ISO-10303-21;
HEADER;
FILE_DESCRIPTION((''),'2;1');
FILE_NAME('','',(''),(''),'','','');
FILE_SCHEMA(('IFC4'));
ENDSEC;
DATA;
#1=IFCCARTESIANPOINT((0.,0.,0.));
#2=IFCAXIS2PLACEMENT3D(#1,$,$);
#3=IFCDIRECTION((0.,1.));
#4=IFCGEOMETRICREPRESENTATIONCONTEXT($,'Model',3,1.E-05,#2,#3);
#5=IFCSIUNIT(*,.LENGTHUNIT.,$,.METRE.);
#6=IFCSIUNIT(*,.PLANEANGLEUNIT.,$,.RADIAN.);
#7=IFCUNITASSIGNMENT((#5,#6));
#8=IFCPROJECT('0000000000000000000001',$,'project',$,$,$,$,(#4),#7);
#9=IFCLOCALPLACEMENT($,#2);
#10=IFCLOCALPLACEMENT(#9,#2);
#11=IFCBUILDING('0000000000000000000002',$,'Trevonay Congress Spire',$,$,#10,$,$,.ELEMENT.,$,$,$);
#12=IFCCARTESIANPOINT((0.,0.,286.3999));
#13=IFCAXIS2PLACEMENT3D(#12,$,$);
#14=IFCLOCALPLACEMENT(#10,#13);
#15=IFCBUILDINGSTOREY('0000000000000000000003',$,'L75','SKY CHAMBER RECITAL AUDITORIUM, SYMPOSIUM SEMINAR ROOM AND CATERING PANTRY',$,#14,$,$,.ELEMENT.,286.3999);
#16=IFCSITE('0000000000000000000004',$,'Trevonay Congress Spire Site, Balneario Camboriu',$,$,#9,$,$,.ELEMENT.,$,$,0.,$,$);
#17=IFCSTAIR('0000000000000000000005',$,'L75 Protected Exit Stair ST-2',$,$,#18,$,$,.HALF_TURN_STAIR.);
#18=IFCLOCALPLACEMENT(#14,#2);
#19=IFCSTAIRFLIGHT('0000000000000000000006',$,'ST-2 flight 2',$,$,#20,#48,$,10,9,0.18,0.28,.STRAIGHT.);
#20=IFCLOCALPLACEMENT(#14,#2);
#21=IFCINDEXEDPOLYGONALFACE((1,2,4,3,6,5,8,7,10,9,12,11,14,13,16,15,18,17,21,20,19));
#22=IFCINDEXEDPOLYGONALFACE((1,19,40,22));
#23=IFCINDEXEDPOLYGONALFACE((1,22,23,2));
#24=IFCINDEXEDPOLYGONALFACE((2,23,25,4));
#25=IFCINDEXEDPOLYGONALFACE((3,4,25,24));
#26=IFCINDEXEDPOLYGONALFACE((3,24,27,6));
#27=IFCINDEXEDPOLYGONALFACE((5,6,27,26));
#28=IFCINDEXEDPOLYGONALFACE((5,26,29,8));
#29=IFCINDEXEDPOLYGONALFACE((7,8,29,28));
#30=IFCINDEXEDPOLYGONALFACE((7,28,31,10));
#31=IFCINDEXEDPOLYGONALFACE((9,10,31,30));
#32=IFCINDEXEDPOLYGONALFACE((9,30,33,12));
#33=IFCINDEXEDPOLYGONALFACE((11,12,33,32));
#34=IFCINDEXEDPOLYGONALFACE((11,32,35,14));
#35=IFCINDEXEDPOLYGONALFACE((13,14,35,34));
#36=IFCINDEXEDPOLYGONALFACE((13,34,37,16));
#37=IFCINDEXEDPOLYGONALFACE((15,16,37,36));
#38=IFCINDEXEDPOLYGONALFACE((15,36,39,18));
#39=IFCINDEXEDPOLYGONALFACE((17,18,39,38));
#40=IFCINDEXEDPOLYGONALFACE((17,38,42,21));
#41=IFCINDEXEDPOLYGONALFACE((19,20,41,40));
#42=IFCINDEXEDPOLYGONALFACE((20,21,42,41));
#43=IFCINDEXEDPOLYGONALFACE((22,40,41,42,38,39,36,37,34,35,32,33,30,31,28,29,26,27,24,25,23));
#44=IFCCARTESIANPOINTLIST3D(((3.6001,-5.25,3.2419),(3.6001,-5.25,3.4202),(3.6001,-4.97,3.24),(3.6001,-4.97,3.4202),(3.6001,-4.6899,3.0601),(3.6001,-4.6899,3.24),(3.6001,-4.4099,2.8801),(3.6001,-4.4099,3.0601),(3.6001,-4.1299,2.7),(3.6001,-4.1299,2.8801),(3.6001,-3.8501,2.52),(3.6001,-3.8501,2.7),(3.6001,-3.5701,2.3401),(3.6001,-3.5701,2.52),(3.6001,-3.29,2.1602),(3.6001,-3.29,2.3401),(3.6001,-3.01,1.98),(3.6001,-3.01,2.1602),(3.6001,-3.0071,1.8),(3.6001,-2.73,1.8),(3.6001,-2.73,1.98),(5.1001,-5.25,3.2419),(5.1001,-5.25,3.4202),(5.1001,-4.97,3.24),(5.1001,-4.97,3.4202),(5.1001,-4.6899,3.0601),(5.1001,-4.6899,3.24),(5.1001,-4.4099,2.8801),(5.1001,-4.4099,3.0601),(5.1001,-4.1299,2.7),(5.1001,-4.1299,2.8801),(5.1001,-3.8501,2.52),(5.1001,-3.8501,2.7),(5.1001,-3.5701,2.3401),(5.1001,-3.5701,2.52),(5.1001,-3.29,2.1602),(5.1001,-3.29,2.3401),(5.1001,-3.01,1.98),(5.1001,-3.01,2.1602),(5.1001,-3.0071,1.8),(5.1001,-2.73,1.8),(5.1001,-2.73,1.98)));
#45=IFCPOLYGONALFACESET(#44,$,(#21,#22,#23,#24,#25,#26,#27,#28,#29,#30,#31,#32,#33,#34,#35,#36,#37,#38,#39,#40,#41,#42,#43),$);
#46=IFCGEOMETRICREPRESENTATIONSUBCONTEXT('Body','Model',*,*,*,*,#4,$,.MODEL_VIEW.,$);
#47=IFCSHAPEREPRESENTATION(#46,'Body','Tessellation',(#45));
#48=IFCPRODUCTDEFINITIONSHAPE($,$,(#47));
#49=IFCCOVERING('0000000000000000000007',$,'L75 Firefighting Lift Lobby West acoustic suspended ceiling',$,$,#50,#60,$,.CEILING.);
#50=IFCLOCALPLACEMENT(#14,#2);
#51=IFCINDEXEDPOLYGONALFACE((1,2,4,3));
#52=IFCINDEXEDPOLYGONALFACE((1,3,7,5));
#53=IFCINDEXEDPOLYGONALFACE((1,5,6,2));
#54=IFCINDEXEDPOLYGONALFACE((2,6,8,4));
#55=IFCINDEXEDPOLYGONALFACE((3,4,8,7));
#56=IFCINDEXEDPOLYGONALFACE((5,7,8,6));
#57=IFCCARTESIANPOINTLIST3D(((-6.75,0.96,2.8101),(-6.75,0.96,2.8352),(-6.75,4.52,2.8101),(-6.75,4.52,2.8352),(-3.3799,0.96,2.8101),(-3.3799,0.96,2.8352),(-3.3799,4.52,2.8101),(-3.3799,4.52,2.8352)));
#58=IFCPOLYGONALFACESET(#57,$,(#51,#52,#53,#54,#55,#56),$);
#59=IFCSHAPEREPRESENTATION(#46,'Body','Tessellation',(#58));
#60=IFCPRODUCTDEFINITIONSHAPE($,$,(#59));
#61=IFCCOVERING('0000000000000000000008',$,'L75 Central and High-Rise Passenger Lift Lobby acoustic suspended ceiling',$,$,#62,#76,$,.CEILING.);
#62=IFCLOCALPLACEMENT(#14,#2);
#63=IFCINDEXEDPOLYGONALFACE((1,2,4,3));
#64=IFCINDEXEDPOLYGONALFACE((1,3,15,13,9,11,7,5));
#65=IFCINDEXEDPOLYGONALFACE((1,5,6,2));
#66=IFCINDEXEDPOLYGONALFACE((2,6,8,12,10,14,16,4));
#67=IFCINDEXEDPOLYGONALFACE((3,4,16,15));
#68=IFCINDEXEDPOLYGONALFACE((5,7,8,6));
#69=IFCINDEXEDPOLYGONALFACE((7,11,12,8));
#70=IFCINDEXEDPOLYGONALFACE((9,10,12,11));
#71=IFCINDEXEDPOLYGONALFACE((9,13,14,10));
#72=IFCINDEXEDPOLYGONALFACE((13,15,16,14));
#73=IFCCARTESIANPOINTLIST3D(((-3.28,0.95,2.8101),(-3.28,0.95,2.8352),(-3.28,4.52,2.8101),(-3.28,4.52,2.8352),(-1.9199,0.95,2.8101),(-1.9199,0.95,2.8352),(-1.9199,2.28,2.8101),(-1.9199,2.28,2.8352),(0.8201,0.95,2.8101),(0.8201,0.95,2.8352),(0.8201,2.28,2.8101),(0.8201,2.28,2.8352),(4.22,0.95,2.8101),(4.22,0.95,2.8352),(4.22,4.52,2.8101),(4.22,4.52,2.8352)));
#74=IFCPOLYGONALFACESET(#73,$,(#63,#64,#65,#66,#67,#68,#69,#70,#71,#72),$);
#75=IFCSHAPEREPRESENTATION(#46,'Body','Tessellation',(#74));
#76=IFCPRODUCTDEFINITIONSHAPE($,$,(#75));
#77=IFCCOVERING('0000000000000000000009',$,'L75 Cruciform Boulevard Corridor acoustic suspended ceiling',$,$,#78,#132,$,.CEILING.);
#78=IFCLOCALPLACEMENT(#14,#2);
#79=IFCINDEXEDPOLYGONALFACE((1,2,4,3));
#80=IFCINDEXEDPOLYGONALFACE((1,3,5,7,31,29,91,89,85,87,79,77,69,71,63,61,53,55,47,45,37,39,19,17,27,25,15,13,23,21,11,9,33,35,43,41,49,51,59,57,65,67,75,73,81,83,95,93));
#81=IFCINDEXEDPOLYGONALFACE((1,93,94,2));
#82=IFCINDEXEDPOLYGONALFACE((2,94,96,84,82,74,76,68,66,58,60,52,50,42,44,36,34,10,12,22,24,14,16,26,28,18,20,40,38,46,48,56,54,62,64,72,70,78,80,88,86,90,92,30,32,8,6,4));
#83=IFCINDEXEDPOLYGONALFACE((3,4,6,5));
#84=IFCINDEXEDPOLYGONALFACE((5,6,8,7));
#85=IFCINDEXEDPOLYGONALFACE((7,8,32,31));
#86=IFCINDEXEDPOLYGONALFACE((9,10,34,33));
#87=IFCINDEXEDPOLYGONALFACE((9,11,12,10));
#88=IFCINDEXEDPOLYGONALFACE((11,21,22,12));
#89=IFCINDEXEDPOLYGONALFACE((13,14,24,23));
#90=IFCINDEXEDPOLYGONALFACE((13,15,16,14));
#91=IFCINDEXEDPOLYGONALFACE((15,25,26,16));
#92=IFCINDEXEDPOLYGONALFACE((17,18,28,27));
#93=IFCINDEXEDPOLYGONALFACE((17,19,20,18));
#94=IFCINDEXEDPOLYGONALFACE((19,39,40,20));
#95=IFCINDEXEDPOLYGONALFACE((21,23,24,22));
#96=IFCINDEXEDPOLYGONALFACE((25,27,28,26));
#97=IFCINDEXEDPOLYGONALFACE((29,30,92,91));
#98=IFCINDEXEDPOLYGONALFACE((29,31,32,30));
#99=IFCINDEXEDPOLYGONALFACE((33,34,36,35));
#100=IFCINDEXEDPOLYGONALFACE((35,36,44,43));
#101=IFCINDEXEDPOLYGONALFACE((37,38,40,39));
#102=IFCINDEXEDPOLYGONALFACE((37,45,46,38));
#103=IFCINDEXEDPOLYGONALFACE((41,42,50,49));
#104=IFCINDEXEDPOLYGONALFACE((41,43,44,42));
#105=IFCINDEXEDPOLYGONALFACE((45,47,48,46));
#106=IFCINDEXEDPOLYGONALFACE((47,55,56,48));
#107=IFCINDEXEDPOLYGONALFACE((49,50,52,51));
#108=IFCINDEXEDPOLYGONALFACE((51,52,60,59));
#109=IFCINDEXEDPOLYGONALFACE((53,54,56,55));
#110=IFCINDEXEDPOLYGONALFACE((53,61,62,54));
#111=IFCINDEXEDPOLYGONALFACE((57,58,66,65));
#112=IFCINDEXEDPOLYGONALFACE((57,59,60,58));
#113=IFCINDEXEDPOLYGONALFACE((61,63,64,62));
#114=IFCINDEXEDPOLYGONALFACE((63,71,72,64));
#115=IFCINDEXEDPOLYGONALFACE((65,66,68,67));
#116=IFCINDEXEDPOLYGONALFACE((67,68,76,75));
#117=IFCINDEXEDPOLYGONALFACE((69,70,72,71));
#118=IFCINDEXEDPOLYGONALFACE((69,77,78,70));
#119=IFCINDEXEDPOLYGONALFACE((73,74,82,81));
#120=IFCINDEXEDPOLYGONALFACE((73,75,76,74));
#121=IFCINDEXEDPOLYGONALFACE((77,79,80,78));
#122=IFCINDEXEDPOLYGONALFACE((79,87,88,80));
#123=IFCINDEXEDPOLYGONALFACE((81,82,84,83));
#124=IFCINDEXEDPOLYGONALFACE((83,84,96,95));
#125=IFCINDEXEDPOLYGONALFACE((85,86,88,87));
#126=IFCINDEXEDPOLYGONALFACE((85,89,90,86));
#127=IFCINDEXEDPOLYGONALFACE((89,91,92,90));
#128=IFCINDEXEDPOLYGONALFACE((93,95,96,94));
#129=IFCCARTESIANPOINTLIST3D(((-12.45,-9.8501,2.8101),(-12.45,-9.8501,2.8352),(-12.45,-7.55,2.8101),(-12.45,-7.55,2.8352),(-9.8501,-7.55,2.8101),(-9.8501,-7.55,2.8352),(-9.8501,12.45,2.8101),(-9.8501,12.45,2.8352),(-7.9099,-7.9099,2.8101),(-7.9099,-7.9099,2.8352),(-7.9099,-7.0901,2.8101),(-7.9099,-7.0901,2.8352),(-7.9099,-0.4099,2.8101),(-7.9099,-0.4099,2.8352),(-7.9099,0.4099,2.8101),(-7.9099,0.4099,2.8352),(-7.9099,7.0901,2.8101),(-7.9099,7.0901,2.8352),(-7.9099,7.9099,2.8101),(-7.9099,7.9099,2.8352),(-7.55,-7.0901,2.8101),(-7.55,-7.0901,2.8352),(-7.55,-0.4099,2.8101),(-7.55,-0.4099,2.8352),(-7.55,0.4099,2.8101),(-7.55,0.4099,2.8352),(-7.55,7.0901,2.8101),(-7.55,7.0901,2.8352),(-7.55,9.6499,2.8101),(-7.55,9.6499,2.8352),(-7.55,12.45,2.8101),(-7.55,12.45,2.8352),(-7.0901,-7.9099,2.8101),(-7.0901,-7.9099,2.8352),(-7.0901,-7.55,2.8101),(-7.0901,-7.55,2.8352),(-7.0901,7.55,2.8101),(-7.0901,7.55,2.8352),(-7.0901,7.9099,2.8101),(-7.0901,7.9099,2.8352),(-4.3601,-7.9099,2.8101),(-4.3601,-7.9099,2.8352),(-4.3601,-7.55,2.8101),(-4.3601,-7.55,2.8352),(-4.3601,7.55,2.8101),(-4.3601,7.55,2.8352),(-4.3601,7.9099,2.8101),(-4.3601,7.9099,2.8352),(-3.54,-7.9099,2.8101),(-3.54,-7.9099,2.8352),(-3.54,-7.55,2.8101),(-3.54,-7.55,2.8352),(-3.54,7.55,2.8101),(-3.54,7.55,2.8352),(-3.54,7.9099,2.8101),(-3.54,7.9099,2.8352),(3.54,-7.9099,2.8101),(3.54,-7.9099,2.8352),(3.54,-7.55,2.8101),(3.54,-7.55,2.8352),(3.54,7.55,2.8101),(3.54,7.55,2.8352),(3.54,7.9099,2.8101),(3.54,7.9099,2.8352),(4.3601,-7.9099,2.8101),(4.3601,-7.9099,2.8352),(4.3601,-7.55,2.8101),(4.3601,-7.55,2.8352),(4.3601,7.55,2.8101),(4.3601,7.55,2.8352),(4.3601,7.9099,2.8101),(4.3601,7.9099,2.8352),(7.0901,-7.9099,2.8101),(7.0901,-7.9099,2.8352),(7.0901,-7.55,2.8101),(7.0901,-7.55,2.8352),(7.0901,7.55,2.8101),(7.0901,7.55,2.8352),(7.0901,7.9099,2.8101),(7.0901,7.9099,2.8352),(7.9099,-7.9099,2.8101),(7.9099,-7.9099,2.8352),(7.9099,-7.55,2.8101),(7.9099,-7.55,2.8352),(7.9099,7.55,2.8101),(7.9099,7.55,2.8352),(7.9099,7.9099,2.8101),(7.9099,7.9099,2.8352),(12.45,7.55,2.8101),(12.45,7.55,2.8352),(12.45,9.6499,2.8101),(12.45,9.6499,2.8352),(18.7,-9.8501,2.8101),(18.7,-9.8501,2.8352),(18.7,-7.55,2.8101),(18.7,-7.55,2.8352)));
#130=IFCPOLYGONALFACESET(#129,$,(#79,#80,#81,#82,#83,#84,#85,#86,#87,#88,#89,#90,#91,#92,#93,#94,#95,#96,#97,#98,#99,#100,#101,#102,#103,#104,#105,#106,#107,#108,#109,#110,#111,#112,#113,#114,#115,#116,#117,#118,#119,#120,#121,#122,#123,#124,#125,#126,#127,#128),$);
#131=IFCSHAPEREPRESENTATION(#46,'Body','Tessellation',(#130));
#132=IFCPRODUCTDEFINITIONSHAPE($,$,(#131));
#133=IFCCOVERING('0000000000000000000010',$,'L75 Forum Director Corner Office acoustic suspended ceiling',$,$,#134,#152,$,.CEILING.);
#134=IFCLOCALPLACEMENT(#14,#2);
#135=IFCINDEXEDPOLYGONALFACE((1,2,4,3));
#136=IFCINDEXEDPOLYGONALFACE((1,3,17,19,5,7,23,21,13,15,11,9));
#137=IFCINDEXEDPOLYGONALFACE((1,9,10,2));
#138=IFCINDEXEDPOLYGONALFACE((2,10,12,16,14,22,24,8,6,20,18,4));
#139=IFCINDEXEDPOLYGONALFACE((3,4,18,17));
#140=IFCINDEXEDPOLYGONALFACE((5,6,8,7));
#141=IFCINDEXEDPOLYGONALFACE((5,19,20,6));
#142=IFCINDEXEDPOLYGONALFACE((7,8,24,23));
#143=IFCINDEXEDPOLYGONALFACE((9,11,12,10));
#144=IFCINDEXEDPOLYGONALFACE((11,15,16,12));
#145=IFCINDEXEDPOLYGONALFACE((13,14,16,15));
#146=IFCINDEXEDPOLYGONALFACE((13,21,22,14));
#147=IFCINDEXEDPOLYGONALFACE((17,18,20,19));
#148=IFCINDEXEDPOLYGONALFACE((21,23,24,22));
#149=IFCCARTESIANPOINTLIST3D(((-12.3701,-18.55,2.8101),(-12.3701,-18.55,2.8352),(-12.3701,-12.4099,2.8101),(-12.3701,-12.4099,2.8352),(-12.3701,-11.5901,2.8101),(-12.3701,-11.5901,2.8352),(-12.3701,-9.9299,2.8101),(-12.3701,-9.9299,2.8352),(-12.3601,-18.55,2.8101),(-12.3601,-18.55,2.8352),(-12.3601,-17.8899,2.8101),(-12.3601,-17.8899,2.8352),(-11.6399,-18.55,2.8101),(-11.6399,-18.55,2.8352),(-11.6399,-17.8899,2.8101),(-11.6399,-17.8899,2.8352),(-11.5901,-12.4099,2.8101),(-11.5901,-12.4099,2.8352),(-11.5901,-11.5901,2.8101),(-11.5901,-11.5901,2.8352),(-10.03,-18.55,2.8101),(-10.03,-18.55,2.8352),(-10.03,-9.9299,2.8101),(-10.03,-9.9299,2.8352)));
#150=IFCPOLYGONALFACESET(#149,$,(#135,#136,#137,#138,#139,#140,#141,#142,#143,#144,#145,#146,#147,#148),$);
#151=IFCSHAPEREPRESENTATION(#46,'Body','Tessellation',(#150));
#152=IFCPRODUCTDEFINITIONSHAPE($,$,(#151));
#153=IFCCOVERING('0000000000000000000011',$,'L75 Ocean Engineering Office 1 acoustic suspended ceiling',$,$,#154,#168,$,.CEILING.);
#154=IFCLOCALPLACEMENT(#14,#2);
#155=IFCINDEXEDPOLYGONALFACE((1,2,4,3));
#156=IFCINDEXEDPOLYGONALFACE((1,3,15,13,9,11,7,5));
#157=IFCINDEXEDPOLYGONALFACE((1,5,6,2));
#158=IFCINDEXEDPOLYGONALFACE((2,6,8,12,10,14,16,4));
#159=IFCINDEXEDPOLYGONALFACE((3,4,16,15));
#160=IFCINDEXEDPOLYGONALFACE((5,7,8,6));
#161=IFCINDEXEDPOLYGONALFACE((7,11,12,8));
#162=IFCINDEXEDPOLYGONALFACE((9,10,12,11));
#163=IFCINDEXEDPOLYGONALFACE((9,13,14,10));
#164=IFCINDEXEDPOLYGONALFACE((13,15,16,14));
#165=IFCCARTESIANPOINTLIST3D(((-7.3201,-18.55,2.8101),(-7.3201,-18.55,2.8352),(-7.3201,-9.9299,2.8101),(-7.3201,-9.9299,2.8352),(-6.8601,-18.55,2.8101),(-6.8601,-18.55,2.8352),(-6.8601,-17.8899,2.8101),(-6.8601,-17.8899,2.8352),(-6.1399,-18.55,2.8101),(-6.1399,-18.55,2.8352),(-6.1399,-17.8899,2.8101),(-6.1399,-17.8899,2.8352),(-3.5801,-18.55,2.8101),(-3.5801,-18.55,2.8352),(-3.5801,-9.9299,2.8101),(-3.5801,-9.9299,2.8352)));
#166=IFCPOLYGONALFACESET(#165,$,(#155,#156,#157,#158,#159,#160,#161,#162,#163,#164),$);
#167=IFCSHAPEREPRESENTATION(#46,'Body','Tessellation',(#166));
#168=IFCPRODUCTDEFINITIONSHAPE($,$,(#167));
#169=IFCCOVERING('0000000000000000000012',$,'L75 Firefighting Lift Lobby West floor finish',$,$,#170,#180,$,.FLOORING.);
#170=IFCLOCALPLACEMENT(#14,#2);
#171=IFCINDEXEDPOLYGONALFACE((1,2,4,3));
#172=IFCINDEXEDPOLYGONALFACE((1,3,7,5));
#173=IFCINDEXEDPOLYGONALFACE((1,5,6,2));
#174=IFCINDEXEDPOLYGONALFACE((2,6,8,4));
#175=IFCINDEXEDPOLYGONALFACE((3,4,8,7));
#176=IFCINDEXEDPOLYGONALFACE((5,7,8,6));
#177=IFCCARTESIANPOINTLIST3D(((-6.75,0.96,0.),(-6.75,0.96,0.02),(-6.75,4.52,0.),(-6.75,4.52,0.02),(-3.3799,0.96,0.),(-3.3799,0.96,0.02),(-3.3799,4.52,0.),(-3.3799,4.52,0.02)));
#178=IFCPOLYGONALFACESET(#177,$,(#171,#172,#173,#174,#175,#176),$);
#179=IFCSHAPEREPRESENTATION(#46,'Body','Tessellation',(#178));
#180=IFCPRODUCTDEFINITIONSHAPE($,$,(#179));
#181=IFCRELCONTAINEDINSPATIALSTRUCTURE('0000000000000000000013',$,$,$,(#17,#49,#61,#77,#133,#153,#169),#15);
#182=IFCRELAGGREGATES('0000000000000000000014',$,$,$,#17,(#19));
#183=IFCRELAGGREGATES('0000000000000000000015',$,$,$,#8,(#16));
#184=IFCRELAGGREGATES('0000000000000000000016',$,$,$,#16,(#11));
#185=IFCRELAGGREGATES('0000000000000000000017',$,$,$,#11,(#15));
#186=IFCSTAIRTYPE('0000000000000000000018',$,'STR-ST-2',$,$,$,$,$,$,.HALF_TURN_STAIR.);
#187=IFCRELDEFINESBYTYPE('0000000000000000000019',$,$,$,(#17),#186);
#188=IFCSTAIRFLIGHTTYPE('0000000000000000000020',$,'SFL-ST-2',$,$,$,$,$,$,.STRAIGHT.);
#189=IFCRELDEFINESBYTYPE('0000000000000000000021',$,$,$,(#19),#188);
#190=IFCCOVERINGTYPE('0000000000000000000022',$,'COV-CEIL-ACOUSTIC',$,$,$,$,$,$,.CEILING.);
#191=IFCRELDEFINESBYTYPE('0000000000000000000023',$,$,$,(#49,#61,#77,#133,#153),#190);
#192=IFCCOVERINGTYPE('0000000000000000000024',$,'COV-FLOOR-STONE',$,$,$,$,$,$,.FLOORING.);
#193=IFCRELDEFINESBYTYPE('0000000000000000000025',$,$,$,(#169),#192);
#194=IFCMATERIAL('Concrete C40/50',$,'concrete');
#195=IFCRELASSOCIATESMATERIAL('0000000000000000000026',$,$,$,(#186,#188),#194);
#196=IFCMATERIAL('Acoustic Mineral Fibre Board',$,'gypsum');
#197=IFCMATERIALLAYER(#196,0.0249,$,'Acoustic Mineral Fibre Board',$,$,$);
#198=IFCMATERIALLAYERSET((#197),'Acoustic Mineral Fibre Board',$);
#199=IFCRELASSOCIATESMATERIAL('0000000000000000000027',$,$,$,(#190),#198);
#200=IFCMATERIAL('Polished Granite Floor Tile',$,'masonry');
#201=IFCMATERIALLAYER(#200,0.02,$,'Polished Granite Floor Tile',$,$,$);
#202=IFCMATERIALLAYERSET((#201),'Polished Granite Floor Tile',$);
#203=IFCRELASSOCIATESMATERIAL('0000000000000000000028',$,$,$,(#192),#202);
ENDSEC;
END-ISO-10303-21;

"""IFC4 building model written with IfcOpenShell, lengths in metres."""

from ifc_helpers import new_model, si_unit, direction, frame, origin, place, context, subcontext, project, spatial, polyline, outline, extrude, material, layer, layer_set, type_object, element, aggregate, save


model = new_model("IFC4")

# Units and contexts
model_context = context("Model", 3, precision=1e-05, world=origin(), true_north=direction((0.0, 1.0)))
body_context = subcontext(model_context, "Body", "Model", "MODEL_VIEW")
ifc_project = project(units=[si_unit("LENGTHUNIT", "METRE"), si_unit("PLANEANGLEUNIT", "RADIAN")], contexts=[model_context])

# Site, building, storey
site_placement = place(None, origin())
site = spatial("IfcSite", under=ifc_project, at=site_placement, Name="Trevonay Congress Spire Site, Balneario Camboriu", CompositionType="ELEMENT", RefElevation=0.0)
building_placement = place(site_placement, origin())
building = spatial("IfcBuilding", under=site, at=building_placement, Name="Trevonay Congress Spire", CompositionType="ELEMENT")
storey_placement = place(building_placement, frame((0.0, 0.0, 286.3999)))
storey = spatial("IfcBuildingStorey", under=building, at=storey_placement, Name="L75", Description="SKY CHAMBER RECITAL AUDITORIUM, SYMPOSIUM SEMINAR ROOM AND CATERING PANTRY", CompositionType="ELEMENT", Elevation=286.3999)

# Stair
ifc_material_1 = material(Name="Concrete C40/50", Category="concrete")
stair_type_1 = type_object("IfcStairType", Name="STR-ST-2", PredefinedType="HALF_TURN_STAIR", material=ifc_material_1)
stair_1_placement = place(storey_placement, origin())
stair_1 = element("IfcStair", 1, at=stair_1_placement, inside=storey, type_object=stair_type_1, Name="L75 Protected Exit Stair ST-2", PredefinedType="HALF_TURN_STAIR")

# Stair flight
stair_flight_type = type_object("IfcStairFlightType", Name="SFL-ST-2", PredefinedType="STRAIGHT", material=ifc_material_1)
stair_flight_1_placement = place(storey_placement, frame((4.3501, -2.73, 1.8), z_axis=(0.0, 0.0, 1.0), x_axis=(0.0, -1.0, 0.0)))
stair_flight_1 = element("IfcStairFlight", 2, at=stair_flight_1_placement, type_object=stair_flight_type, Name="ST-2 flight 2", NumberOfRisers=10, NumberOfTreads=9, PredefinedType="STRAIGHT", RiserHeight=0.18, TreadLength=0.28, context=body_context, shape_type="SweptSolid", body=[
    extrude(outline(polyline([(0.0, 0.0), (0.0, 0.1799), (0.28, 0.1799), (0.28, 0.3601), (0.5601, 0.3601), (0.5601, 0.54), (0.8401, 0.54), (0.8401, 0.72), (1.1201, 0.72), (1.1201, 0.8999), (1.3999, 0.8999), (1.3999, 1.0801), (1.6799, 1.0801), (1.6799, 1.26), (1.96, 1.26), (1.96, 1.4399), (2.24, 1.4399), (2.24, 1.6201), (2.52, 1.6201), (2.52, 1.8), (2.52, 1.4419), (0.2771, 0.0), (0.0, 0.0)])), frame((0.0, 0.75, 0.0), z_axis=(0.0, -1.0, 0.0), x_axis=(1.0, 0.0, 0.0)), (0.0, 0.0, 1.0), 1.5),
])
aggregate(stair_1, [stair_flight_1])

# Coverings
ifc_material_2 = material(Name="Acoustic Mineral Fibre Board", Category="gypsum")
ifc_layer_1 = layer(ifc_material_2, 0.0249, Name="Acoustic Mineral Fibre Board")
ifc_layer_set_1 = layer_set([ifc_layer_1], Name="Acoustic Mineral Fibre Board")
covering_type_1 = type_object("IfcCoveringType", Name="COV-CEIL-ACOUSTIC", PredefinedType="CEILING", material=ifc_layer_set_1)
covering_1_placement = place(storey_placement, frame((0.0, 0.0, 2.8101)))
element("IfcCovering", 3, at=covering_1_placement, inside=storey, type_object=covering_type_1, Name="L75 Firefighting Lift Lobby West acoustic suspended ceiling", PredefinedType="CEILING", context=body_context, shape_type="SweptSolid", body=[
    extrude(outline(polyline([(-6.75, 0.96), (-3.3799, 0.96), (-3.3799, 4.52), (-6.75, 4.52), (-6.75, 0.96)])), origin(), (0.0, 0.0, 1.0), 0.0251),
])
covering_2_placement = place(storey_placement, frame((0.0, 0.0, 2.8101)))
element("IfcCovering", 4, at=covering_2_placement, inside=storey, type_object=covering_type_1, Name="L75 Central and High-Rise Passenger Lift Lobby acoustic suspended ceiling", PredefinedType="CEILING", context=body_context, shape_type="SweptSolid", body=[
    extrude(outline(polyline([(-3.28, 0.95), (-1.9199, 0.95), (-1.9199, 2.28), (0.8201, 2.28), (0.8201, 0.95), (4.22, 0.95), (4.22, 4.52), (-3.28, 4.52), (-3.28, 0.95)])), origin(), (0.0, 0.0, 1.0), 0.0251),
])
covering_3_placement = place(storey_placement, frame((0.0, 0.0, 2.8101)))
element("IfcCovering", 5, at=covering_3_placement, inside=storey, type_object=covering_type_1, Name="L75 Cruciform Boulevard Corridor acoustic suspended ceiling", PredefinedType="CEILING", context=body_context, shape_type="SweptSolid", body=[
    extrude(outline(polyline([(18.7, -7.55), (18.7, -9.8501), (-12.45, -9.8501), (-12.45, -7.55), (-9.8501, -7.55), (-9.8501, 12.45), (-7.55, 12.45), (-7.55, 9.6499), (12.45, 9.6499), (12.45, 7.55), (7.9099, 7.55), (7.9099, 7.9099), (7.0901, 7.9099), (7.0901, 7.55), (4.3601, 7.55), (4.3601, 7.9099), (3.54, 7.9099), (3.54, 7.55), (-3.54, 7.55), (-3.54, 7.9099), (-4.3601, 7.9099), (-4.3601, 7.55), (-7.0901, 7.55), (-7.0901, 7.9099), (-7.9099, 7.9099), (-7.9099, 7.0901), (-7.55, 7.0901), (-7.55, 0.4099), (-7.9099, 0.4099), (-7.9099, -0.4099), (-7.55, -0.4099), (-7.55, -7.0901), (-7.9099, -7.0901), (-7.9099, -7.9099), (-7.0901, -7.9099), (-7.0901, -7.55), (-4.3601, -7.55), (-4.3601, -7.9099), (-3.54, -7.9099), (-3.54, -7.55), (3.54, -7.55), (3.54, -7.9099), (4.3601, -7.9099), (4.3601, -7.55), (7.0901, -7.55), (7.0901, -7.9099), (7.9099, -7.9099), (7.9099, -7.55), (18.7, -7.55)])), origin(), (0.0, 0.0, 1.0), 0.0251),
])
covering_4_placement = place(storey_placement, frame((0.0, 0.0, 2.8101)))
element("IfcCovering", 6, at=covering_4_placement, inside=storey, type_object=covering_type_1, Name="L75 Forum Director Corner Office acoustic suspended ceiling", PredefinedType="CEILING", context=body_context, shape_type="SweptSolid", body=[
    extrude(outline(polyline([(-12.3701, -18.55), (-12.3701, -12.4099), (-11.5901, -12.4099), (-11.5901, -11.5901), (-12.3701, -11.5901), (-12.3701, -9.9299), (-10.03, -9.9299), (-10.03, -18.55), (-11.6399, -18.55), (-11.6399, -17.8899), (-12.3601, -17.8899), (-12.3601, -18.55), (-12.3701, -18.55)])), origin(), (0.0, 0.0, 1.0), 0.0251),
])
covering_5_placement = place(storey_placement, frame((0.0, 0.0, 2.8101)))
element("IfcCovering", 7, at=covering_5_placement, inside=storey, type_object=covering_type_1, Name="L75 Ocean Engineering Office 1 acoustic suspended ceiling", PredefinedType="CEILING", context=body_context, shape_type="SweptSolid", body=[
    extrude(outline(polyline([(-7.3201, -18.55), (-7.3201, -9.9299), (-3.5801, -9.9299), (-3.5801, -18.55), (-6.1399, -18.55), (-6.1399, -17.8899), (-6.8601, -17.8899), (-6.8601, -18.55), (-7.3201, -18.55)])), origin(), (0.0, 0.0, 1.0), 0.0251),
])
ifc_material_3 = material(Name="Polished Granite Floor Tile", Category="masonry")
ifc_layer_2 = layer(ifc_material_3, 0.02, Name="Polished Granite Floor Tile")
ifc_layer_set_2 = layer_set([ifc_layer_2], Name="Polished Granite Floor Tile")
covering_type_2 = type_object("IfcCoveringType", Name="COV-FLOOR-STONE", PredefinedType="FLOORING", material=ifc_layer_set_2)
covering_6_placement = place(storey_placement, origin())
element("IfcCovering", 8, at=covering_6_placement, inside=storey, type_object=covering_type_2, Name="L75 Firefighting Lift Lobby West floor finish", PredefinedType="FLOORING", context=body_context, shape_type="SweptSolid", body=[
    extrude(outline(polyline([(-6.75, 0.96), (-3.3799, 0.96), (-3.3799, 4.52), (-6.75, 4.52), (-6.75, 0.96)])), origin(), (0.0, 0.0, 1.0), 0.02),
])

save(model, "model.ifc")
